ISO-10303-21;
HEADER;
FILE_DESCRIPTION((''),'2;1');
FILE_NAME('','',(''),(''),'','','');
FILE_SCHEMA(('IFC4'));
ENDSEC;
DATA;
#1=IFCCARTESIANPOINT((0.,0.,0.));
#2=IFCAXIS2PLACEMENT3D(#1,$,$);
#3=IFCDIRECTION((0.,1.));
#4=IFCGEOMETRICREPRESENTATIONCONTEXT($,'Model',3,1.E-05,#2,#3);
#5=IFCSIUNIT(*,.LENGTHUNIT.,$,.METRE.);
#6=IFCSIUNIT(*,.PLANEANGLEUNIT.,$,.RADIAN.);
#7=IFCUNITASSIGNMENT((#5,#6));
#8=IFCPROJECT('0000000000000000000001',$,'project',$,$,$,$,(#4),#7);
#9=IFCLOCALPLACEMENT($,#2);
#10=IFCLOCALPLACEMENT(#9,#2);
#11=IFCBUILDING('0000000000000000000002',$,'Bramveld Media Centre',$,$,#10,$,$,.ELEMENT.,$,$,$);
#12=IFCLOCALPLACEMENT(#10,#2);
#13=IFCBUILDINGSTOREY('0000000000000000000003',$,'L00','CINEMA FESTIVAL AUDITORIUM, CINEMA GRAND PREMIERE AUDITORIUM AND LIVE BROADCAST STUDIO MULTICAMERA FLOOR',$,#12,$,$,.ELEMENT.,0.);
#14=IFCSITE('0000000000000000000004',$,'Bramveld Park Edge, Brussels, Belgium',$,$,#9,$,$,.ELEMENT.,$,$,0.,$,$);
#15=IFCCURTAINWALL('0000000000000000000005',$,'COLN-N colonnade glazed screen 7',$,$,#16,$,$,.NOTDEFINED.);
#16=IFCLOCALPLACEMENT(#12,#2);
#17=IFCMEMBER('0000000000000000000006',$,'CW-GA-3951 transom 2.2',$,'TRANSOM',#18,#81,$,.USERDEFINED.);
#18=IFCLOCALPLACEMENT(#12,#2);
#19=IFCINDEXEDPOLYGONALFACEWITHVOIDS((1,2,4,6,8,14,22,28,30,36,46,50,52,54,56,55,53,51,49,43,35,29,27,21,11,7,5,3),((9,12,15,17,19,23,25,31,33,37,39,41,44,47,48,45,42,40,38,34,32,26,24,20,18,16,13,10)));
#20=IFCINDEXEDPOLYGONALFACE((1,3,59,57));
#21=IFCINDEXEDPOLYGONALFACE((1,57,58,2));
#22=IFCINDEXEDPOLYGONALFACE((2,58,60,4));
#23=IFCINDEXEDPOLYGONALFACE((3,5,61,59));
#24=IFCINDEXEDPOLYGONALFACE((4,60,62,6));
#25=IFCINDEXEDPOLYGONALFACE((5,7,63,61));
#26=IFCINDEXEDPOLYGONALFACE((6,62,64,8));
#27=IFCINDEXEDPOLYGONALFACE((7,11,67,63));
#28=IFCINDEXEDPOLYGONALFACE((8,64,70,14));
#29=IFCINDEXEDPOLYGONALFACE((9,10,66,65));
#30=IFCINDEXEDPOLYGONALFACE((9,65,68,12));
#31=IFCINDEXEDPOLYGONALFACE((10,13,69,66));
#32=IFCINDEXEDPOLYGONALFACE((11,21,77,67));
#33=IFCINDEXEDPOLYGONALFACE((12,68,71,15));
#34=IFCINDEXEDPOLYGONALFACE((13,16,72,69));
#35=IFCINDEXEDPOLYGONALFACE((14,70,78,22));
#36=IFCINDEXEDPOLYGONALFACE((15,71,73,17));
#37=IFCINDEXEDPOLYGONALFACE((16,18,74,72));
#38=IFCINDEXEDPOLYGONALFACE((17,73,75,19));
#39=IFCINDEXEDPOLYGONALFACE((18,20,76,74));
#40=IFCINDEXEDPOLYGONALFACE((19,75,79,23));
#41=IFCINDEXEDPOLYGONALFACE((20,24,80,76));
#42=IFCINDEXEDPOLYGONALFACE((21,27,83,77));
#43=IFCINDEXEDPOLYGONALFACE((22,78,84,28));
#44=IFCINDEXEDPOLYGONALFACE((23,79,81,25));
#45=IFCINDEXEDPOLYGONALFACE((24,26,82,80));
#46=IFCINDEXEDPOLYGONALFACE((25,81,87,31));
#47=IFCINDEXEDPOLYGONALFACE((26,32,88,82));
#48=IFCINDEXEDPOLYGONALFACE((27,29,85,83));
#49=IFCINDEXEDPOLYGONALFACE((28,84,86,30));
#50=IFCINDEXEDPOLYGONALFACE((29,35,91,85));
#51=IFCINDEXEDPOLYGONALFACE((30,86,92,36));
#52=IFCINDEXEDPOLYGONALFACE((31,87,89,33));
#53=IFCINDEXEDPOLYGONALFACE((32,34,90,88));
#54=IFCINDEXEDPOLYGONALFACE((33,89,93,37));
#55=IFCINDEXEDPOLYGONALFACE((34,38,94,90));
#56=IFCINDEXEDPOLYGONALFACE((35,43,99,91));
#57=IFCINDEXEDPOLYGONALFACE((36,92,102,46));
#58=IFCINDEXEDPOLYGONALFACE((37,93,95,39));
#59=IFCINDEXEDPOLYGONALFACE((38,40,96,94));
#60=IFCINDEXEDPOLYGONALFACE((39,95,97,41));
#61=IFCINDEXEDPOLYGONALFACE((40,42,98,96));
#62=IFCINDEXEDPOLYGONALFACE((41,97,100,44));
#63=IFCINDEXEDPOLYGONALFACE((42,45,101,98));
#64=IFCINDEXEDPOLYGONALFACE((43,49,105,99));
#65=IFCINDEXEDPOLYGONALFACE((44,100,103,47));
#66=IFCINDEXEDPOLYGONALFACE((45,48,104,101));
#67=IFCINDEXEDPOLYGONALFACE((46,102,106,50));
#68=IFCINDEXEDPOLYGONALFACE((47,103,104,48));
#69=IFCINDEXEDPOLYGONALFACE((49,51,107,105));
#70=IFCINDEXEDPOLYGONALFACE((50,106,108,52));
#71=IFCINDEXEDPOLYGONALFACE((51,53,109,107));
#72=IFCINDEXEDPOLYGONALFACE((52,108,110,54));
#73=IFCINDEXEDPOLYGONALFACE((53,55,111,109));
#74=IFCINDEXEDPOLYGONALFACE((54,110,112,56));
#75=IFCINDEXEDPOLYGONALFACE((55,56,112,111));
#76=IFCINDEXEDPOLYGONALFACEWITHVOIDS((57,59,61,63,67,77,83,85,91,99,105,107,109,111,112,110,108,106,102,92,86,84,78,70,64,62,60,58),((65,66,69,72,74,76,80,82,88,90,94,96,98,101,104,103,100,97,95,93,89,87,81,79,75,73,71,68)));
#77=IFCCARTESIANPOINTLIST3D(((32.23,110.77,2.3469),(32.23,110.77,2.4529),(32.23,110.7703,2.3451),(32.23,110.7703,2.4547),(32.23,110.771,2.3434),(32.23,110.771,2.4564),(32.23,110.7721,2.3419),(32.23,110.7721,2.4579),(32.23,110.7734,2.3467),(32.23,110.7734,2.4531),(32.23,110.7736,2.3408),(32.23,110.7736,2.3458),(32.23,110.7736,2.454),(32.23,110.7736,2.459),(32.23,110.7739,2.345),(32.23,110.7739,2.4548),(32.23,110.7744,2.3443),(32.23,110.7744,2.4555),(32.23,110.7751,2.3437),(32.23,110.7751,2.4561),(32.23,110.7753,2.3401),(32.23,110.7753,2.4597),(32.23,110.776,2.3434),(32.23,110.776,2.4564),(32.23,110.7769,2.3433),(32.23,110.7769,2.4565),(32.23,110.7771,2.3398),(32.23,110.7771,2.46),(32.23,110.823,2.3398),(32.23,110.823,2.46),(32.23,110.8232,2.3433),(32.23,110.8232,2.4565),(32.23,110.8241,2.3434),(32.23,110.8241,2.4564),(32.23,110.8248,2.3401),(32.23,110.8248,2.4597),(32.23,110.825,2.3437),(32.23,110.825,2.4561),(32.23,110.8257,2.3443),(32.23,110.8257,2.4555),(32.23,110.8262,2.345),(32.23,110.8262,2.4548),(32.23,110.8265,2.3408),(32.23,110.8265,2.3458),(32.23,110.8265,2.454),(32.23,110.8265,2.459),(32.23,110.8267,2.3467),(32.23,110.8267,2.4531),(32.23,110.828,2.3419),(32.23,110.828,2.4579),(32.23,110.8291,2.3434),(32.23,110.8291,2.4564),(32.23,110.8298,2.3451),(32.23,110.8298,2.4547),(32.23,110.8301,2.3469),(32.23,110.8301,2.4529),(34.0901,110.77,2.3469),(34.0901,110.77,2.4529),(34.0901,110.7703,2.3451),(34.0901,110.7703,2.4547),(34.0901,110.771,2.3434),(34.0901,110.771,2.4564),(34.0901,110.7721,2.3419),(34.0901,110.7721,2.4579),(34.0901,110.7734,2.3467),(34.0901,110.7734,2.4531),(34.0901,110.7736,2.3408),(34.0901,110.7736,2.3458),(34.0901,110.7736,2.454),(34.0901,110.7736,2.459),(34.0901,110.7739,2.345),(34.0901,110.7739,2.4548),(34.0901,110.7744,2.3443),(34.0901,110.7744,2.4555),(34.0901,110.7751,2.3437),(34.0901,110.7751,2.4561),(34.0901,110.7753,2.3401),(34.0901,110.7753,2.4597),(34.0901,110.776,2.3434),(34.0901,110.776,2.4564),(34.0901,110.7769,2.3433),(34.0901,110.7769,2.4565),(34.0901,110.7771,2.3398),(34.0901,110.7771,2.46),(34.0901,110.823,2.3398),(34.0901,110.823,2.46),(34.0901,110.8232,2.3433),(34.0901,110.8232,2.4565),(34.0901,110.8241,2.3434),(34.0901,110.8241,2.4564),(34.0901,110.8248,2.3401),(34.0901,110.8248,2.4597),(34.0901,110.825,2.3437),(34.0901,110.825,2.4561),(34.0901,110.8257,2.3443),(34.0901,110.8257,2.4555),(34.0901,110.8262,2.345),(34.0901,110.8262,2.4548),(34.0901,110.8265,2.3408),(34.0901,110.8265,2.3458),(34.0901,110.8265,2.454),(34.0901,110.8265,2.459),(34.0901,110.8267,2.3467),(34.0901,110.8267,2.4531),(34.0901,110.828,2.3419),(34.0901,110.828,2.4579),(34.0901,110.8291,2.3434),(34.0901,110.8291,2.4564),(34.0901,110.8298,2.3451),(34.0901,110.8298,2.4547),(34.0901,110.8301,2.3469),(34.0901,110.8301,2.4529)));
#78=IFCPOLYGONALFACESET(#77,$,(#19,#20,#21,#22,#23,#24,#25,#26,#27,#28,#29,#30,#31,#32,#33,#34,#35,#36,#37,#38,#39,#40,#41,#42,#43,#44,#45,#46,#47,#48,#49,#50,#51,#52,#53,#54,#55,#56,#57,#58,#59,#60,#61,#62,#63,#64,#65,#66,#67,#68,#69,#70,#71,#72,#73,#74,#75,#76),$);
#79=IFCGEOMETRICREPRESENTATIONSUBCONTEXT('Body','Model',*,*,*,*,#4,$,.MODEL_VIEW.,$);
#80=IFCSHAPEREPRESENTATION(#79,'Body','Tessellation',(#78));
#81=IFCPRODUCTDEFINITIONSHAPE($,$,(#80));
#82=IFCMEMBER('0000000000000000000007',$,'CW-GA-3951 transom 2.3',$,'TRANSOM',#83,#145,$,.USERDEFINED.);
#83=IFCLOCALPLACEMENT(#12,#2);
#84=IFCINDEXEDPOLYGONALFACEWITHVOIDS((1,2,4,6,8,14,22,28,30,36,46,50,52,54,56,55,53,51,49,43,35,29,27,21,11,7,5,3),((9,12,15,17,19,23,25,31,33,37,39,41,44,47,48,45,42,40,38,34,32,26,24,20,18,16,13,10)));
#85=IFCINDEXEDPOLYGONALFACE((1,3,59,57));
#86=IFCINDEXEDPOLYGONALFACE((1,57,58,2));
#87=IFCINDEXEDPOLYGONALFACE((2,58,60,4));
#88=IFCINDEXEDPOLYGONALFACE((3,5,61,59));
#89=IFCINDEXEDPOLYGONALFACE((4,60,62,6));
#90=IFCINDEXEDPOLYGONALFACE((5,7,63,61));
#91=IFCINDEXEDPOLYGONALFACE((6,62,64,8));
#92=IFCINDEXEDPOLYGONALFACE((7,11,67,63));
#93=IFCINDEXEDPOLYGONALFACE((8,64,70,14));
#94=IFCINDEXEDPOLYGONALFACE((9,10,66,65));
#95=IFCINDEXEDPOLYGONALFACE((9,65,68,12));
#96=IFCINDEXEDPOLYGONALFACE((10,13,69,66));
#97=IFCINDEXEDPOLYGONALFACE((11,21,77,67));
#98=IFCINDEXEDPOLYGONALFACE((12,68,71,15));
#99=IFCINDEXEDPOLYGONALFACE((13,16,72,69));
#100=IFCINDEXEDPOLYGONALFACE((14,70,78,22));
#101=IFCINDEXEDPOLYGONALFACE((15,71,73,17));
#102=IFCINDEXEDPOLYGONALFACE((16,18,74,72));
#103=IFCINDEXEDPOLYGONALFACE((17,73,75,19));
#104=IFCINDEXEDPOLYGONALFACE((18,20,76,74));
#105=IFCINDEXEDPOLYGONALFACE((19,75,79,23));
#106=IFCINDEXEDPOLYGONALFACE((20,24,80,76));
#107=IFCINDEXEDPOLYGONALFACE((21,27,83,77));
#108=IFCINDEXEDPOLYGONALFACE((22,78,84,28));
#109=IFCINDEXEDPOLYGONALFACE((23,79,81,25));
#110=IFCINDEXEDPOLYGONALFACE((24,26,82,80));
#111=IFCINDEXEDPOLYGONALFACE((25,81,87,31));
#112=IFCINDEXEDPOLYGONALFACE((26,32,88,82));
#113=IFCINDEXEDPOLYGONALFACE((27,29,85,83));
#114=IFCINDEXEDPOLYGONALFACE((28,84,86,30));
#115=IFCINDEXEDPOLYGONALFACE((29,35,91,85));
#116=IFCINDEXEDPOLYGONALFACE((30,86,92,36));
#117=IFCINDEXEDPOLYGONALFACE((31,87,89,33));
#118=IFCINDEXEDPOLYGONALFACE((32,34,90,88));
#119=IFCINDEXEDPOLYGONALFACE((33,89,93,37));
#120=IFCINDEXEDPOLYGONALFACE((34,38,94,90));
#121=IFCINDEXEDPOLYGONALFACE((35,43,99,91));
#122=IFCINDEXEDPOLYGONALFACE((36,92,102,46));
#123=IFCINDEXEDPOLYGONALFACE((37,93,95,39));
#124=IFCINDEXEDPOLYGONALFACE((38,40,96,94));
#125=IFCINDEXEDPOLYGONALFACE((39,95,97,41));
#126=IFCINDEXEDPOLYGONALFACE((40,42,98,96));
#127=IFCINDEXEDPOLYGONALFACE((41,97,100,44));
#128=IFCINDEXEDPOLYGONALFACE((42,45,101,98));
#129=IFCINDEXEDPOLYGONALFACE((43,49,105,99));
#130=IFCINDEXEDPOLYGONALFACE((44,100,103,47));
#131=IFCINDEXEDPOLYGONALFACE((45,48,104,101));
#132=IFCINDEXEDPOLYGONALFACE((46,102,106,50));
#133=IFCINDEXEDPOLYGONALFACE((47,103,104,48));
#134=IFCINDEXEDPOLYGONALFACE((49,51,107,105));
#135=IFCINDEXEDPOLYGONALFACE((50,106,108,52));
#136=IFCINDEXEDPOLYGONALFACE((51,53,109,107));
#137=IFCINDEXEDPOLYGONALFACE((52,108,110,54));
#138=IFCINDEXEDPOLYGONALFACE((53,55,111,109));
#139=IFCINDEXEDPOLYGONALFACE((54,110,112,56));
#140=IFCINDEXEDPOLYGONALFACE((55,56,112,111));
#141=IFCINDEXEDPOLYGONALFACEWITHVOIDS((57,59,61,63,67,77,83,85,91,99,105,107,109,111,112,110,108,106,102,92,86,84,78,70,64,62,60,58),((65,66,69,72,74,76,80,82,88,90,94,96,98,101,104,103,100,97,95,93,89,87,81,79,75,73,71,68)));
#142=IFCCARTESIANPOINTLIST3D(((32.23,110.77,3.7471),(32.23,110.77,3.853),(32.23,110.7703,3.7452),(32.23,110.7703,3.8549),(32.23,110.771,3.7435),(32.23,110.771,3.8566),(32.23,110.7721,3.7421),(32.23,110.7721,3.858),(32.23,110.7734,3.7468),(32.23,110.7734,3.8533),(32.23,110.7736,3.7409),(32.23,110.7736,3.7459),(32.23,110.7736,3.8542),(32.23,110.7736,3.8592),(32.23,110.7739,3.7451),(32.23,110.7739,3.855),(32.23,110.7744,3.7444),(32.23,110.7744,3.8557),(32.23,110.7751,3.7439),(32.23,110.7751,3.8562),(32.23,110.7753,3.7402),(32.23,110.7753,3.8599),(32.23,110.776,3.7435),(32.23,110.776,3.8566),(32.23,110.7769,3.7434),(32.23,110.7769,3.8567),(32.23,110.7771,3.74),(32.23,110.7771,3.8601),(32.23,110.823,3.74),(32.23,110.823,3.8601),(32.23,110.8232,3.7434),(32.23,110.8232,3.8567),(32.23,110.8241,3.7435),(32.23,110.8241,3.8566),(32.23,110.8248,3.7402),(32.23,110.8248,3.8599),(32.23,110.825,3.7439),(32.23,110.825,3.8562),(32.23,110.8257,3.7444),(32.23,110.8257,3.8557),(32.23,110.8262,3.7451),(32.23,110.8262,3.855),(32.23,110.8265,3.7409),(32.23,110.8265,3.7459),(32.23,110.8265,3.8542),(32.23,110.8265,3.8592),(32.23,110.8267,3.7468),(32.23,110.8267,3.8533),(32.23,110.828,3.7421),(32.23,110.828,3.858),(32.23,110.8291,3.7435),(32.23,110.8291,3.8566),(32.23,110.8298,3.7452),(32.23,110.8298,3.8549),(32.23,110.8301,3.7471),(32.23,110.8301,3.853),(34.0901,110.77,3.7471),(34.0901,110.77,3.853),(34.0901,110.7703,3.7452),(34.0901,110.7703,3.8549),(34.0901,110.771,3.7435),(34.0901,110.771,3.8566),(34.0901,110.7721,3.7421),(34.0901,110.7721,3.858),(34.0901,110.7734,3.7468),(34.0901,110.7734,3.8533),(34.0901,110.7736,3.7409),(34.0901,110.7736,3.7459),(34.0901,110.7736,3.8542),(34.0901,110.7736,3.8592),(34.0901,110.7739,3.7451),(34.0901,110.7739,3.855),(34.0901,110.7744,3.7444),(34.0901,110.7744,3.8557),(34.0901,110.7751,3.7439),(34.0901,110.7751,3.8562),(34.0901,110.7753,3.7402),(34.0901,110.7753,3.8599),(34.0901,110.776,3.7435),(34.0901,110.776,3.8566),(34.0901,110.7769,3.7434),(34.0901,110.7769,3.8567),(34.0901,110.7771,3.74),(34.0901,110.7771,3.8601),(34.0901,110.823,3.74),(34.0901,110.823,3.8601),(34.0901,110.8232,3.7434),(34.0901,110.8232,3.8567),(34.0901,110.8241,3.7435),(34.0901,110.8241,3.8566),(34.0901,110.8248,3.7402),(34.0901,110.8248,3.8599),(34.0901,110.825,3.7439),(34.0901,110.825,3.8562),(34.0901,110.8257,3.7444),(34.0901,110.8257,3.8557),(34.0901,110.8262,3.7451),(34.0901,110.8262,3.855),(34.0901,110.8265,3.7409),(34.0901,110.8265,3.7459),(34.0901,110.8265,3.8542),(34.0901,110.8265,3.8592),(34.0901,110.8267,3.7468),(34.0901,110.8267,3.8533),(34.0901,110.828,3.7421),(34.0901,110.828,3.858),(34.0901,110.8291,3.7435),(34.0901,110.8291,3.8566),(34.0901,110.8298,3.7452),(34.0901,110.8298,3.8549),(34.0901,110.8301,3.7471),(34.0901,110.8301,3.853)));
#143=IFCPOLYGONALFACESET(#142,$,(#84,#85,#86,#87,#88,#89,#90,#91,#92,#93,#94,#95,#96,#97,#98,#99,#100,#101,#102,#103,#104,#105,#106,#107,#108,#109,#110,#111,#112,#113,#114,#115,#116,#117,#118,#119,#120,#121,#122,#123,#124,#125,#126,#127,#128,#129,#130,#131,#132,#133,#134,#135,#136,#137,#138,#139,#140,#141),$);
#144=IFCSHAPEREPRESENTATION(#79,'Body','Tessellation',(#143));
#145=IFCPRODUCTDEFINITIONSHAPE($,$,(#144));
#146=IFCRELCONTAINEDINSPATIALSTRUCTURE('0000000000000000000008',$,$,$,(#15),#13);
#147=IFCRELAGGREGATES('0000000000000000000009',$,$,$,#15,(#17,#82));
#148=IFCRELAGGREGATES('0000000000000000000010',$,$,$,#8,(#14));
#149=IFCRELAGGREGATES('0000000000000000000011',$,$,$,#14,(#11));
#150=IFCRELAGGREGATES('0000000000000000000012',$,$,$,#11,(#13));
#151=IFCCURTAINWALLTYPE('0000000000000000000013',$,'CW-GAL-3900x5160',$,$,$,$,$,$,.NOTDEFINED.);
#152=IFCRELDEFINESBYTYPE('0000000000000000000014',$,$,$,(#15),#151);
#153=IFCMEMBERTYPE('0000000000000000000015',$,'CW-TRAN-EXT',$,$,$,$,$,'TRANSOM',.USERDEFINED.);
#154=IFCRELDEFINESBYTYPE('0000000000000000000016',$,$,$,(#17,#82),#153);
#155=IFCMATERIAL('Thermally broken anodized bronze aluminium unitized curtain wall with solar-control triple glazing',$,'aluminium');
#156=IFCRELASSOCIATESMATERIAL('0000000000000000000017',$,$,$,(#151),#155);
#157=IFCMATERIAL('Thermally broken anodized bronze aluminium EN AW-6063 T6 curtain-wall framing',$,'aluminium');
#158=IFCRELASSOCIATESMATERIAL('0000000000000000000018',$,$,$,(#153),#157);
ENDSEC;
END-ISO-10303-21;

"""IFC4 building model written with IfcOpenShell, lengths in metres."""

from ifc_helpers import new_model, si_unit, direction, frame, origin, origin_2d, place, context, subcontext, project, spatial, hollow_rectangle, extrude, material, material_profile, profile_set, type_object, element, aggregate, save


model = new_model("IFC4")

# Units and contexts
model_context = context("Model", 3, precision=1e-05, world=origin(), true_north=direction((0.0, 1.0)))
body_context = subcontext(model_context, "Body", "Model", "MODEL_VIEW")
ifc_project = project(units=[si_unit("LENGTHUNIT", "METRE"), si_unit("PLANEANGLEUNIT", "RADIAN")], contexts=[model_context])

# Site, building, storey
site_placement = place(None, origin())
site = spatial("IfcSite", under=ifc_project, at=site_placement, Name="Bramveld Park Edge, Brussels, Belgium", CompositionType="ELEMENT", RefElevation=0.0)
building_placement = place(site_placement, origin())
building = spatial("IfcBuilding", under=site, at=building_placement, Name="Bramveld Media Centre", CompositionType="ELEMENT")
storey_placement = place(building_placement, origin())
storey = spatial("IfcBuildingStorey", under=building, at=storey_placement, Name="L00", Description="CINEMA FESTIVAL AUDITORIUM, CINEMA GRAND PREMIERE AUDITORIUM AND LIVE BROADCAST STUDIO MULTICAMERA FLOOR", CompositionType="ELEMENT", Elevation=0.0)

# Curtain wall, members
ifc_material_1 = material(Name="Thermally broken anodized bronze aluminium unitized curtain wall with solar-control triple glazing", Category="aluminium")
curtain_wall_type_1 = type_object("IfcCurtainWallType", Name="CW-GAL-3900x5160", PredefinedType="NOTDEFINED", material=ifc_material_1)
curtain_wall_1_placement = place(storey_placement, origin())
curtain_wall_1 = element("IfcCurtainWall", 1, at=curtain_wall_1_placement, inside=storey, type_object=curtain_wall_type_1, Name="COLN-N colonnade glazed screen 7", PredefinedType="NOTDEFINED")
ifc_material_2 = material(Name="Thermally broken anodized bronze aluminium EN AW-6063 T6 curtain-wall framing", Category="aluminium")
ifc_material_profile_1 = material_profile(ifc_material_2, hollow_rectangle(XDim=0.0601, YDim=0.1201, WallThickness=0.0034, InnerFilletRadius=0.0034, OuterFilletRadius=0.0071, at=origin_2d()), Name="AL-TRAN 60x120")
ifc_profile_set_1 = profile_set([ifc_material_profile_1], Name="Thermally broken anodized bronze aluminium EN AW-6063 T6 curtain-wall framing")
member_type_1 = type_object("IfcMemberType", Name="CW-TRAN-EXT", ElementType="TRANSOM", PredefinedType="USERDEFINED", material=ifc_profile_set_1)
member_1_placement = place(storey_placement, frame((32.23, 110.8, 2.3999), z_axis=(1.0, 0.0, 0.0), x_axis=(0.0, 1.0, 0.0)))
member_1 = element("IfcMember", 2, at=member_1_placement, type_object=member_type_1, Name="CW-GA-3951 transom 2.2", ObjectType="TRANSOM", PredefinedType="USERDEFINED", context=body_context, shape_type="SweptSolid", body=[
    extrude(hollow_rectangle(XDim=0.0601, YDim=0.1201, WallThickness=0.0034, InnerFilletRadius=0.0034, OuterFilletRadius=0.0071, at=origin_2d()), origin(), (0.0, 0.0, 1.0), 1.8601),
])
member_2_placement = place(storey_placement, frame((32.23, 110.8, 3.8), z_axis=(1.0, 0.0, 0.0), x_axis=(0.0, 1.0, 0.0)))
member_2 = element("IfcMember", 3, at=member_2_placement, type_object=member_type_1, Name="CW-GA-3951 transom 2.3", ObjectType="TRANSOM", PredefinedType="USERDEFINED", context=body_context, shape_type="SweptSolid", body=[
    extrude(hollow_rectangle(XDim=0.0601, YDim=0.1201, WallThickness=0.0034, InnerFilletRadius=0.0034, OuterFilletRadius=0.0071, at=origin_2d()), origin(), (0.0, 0.0, 1.0), 1.8601),
])

aggregate(curtain_wall_1, [member_1, member_2])

save(model, "model.ifc")
